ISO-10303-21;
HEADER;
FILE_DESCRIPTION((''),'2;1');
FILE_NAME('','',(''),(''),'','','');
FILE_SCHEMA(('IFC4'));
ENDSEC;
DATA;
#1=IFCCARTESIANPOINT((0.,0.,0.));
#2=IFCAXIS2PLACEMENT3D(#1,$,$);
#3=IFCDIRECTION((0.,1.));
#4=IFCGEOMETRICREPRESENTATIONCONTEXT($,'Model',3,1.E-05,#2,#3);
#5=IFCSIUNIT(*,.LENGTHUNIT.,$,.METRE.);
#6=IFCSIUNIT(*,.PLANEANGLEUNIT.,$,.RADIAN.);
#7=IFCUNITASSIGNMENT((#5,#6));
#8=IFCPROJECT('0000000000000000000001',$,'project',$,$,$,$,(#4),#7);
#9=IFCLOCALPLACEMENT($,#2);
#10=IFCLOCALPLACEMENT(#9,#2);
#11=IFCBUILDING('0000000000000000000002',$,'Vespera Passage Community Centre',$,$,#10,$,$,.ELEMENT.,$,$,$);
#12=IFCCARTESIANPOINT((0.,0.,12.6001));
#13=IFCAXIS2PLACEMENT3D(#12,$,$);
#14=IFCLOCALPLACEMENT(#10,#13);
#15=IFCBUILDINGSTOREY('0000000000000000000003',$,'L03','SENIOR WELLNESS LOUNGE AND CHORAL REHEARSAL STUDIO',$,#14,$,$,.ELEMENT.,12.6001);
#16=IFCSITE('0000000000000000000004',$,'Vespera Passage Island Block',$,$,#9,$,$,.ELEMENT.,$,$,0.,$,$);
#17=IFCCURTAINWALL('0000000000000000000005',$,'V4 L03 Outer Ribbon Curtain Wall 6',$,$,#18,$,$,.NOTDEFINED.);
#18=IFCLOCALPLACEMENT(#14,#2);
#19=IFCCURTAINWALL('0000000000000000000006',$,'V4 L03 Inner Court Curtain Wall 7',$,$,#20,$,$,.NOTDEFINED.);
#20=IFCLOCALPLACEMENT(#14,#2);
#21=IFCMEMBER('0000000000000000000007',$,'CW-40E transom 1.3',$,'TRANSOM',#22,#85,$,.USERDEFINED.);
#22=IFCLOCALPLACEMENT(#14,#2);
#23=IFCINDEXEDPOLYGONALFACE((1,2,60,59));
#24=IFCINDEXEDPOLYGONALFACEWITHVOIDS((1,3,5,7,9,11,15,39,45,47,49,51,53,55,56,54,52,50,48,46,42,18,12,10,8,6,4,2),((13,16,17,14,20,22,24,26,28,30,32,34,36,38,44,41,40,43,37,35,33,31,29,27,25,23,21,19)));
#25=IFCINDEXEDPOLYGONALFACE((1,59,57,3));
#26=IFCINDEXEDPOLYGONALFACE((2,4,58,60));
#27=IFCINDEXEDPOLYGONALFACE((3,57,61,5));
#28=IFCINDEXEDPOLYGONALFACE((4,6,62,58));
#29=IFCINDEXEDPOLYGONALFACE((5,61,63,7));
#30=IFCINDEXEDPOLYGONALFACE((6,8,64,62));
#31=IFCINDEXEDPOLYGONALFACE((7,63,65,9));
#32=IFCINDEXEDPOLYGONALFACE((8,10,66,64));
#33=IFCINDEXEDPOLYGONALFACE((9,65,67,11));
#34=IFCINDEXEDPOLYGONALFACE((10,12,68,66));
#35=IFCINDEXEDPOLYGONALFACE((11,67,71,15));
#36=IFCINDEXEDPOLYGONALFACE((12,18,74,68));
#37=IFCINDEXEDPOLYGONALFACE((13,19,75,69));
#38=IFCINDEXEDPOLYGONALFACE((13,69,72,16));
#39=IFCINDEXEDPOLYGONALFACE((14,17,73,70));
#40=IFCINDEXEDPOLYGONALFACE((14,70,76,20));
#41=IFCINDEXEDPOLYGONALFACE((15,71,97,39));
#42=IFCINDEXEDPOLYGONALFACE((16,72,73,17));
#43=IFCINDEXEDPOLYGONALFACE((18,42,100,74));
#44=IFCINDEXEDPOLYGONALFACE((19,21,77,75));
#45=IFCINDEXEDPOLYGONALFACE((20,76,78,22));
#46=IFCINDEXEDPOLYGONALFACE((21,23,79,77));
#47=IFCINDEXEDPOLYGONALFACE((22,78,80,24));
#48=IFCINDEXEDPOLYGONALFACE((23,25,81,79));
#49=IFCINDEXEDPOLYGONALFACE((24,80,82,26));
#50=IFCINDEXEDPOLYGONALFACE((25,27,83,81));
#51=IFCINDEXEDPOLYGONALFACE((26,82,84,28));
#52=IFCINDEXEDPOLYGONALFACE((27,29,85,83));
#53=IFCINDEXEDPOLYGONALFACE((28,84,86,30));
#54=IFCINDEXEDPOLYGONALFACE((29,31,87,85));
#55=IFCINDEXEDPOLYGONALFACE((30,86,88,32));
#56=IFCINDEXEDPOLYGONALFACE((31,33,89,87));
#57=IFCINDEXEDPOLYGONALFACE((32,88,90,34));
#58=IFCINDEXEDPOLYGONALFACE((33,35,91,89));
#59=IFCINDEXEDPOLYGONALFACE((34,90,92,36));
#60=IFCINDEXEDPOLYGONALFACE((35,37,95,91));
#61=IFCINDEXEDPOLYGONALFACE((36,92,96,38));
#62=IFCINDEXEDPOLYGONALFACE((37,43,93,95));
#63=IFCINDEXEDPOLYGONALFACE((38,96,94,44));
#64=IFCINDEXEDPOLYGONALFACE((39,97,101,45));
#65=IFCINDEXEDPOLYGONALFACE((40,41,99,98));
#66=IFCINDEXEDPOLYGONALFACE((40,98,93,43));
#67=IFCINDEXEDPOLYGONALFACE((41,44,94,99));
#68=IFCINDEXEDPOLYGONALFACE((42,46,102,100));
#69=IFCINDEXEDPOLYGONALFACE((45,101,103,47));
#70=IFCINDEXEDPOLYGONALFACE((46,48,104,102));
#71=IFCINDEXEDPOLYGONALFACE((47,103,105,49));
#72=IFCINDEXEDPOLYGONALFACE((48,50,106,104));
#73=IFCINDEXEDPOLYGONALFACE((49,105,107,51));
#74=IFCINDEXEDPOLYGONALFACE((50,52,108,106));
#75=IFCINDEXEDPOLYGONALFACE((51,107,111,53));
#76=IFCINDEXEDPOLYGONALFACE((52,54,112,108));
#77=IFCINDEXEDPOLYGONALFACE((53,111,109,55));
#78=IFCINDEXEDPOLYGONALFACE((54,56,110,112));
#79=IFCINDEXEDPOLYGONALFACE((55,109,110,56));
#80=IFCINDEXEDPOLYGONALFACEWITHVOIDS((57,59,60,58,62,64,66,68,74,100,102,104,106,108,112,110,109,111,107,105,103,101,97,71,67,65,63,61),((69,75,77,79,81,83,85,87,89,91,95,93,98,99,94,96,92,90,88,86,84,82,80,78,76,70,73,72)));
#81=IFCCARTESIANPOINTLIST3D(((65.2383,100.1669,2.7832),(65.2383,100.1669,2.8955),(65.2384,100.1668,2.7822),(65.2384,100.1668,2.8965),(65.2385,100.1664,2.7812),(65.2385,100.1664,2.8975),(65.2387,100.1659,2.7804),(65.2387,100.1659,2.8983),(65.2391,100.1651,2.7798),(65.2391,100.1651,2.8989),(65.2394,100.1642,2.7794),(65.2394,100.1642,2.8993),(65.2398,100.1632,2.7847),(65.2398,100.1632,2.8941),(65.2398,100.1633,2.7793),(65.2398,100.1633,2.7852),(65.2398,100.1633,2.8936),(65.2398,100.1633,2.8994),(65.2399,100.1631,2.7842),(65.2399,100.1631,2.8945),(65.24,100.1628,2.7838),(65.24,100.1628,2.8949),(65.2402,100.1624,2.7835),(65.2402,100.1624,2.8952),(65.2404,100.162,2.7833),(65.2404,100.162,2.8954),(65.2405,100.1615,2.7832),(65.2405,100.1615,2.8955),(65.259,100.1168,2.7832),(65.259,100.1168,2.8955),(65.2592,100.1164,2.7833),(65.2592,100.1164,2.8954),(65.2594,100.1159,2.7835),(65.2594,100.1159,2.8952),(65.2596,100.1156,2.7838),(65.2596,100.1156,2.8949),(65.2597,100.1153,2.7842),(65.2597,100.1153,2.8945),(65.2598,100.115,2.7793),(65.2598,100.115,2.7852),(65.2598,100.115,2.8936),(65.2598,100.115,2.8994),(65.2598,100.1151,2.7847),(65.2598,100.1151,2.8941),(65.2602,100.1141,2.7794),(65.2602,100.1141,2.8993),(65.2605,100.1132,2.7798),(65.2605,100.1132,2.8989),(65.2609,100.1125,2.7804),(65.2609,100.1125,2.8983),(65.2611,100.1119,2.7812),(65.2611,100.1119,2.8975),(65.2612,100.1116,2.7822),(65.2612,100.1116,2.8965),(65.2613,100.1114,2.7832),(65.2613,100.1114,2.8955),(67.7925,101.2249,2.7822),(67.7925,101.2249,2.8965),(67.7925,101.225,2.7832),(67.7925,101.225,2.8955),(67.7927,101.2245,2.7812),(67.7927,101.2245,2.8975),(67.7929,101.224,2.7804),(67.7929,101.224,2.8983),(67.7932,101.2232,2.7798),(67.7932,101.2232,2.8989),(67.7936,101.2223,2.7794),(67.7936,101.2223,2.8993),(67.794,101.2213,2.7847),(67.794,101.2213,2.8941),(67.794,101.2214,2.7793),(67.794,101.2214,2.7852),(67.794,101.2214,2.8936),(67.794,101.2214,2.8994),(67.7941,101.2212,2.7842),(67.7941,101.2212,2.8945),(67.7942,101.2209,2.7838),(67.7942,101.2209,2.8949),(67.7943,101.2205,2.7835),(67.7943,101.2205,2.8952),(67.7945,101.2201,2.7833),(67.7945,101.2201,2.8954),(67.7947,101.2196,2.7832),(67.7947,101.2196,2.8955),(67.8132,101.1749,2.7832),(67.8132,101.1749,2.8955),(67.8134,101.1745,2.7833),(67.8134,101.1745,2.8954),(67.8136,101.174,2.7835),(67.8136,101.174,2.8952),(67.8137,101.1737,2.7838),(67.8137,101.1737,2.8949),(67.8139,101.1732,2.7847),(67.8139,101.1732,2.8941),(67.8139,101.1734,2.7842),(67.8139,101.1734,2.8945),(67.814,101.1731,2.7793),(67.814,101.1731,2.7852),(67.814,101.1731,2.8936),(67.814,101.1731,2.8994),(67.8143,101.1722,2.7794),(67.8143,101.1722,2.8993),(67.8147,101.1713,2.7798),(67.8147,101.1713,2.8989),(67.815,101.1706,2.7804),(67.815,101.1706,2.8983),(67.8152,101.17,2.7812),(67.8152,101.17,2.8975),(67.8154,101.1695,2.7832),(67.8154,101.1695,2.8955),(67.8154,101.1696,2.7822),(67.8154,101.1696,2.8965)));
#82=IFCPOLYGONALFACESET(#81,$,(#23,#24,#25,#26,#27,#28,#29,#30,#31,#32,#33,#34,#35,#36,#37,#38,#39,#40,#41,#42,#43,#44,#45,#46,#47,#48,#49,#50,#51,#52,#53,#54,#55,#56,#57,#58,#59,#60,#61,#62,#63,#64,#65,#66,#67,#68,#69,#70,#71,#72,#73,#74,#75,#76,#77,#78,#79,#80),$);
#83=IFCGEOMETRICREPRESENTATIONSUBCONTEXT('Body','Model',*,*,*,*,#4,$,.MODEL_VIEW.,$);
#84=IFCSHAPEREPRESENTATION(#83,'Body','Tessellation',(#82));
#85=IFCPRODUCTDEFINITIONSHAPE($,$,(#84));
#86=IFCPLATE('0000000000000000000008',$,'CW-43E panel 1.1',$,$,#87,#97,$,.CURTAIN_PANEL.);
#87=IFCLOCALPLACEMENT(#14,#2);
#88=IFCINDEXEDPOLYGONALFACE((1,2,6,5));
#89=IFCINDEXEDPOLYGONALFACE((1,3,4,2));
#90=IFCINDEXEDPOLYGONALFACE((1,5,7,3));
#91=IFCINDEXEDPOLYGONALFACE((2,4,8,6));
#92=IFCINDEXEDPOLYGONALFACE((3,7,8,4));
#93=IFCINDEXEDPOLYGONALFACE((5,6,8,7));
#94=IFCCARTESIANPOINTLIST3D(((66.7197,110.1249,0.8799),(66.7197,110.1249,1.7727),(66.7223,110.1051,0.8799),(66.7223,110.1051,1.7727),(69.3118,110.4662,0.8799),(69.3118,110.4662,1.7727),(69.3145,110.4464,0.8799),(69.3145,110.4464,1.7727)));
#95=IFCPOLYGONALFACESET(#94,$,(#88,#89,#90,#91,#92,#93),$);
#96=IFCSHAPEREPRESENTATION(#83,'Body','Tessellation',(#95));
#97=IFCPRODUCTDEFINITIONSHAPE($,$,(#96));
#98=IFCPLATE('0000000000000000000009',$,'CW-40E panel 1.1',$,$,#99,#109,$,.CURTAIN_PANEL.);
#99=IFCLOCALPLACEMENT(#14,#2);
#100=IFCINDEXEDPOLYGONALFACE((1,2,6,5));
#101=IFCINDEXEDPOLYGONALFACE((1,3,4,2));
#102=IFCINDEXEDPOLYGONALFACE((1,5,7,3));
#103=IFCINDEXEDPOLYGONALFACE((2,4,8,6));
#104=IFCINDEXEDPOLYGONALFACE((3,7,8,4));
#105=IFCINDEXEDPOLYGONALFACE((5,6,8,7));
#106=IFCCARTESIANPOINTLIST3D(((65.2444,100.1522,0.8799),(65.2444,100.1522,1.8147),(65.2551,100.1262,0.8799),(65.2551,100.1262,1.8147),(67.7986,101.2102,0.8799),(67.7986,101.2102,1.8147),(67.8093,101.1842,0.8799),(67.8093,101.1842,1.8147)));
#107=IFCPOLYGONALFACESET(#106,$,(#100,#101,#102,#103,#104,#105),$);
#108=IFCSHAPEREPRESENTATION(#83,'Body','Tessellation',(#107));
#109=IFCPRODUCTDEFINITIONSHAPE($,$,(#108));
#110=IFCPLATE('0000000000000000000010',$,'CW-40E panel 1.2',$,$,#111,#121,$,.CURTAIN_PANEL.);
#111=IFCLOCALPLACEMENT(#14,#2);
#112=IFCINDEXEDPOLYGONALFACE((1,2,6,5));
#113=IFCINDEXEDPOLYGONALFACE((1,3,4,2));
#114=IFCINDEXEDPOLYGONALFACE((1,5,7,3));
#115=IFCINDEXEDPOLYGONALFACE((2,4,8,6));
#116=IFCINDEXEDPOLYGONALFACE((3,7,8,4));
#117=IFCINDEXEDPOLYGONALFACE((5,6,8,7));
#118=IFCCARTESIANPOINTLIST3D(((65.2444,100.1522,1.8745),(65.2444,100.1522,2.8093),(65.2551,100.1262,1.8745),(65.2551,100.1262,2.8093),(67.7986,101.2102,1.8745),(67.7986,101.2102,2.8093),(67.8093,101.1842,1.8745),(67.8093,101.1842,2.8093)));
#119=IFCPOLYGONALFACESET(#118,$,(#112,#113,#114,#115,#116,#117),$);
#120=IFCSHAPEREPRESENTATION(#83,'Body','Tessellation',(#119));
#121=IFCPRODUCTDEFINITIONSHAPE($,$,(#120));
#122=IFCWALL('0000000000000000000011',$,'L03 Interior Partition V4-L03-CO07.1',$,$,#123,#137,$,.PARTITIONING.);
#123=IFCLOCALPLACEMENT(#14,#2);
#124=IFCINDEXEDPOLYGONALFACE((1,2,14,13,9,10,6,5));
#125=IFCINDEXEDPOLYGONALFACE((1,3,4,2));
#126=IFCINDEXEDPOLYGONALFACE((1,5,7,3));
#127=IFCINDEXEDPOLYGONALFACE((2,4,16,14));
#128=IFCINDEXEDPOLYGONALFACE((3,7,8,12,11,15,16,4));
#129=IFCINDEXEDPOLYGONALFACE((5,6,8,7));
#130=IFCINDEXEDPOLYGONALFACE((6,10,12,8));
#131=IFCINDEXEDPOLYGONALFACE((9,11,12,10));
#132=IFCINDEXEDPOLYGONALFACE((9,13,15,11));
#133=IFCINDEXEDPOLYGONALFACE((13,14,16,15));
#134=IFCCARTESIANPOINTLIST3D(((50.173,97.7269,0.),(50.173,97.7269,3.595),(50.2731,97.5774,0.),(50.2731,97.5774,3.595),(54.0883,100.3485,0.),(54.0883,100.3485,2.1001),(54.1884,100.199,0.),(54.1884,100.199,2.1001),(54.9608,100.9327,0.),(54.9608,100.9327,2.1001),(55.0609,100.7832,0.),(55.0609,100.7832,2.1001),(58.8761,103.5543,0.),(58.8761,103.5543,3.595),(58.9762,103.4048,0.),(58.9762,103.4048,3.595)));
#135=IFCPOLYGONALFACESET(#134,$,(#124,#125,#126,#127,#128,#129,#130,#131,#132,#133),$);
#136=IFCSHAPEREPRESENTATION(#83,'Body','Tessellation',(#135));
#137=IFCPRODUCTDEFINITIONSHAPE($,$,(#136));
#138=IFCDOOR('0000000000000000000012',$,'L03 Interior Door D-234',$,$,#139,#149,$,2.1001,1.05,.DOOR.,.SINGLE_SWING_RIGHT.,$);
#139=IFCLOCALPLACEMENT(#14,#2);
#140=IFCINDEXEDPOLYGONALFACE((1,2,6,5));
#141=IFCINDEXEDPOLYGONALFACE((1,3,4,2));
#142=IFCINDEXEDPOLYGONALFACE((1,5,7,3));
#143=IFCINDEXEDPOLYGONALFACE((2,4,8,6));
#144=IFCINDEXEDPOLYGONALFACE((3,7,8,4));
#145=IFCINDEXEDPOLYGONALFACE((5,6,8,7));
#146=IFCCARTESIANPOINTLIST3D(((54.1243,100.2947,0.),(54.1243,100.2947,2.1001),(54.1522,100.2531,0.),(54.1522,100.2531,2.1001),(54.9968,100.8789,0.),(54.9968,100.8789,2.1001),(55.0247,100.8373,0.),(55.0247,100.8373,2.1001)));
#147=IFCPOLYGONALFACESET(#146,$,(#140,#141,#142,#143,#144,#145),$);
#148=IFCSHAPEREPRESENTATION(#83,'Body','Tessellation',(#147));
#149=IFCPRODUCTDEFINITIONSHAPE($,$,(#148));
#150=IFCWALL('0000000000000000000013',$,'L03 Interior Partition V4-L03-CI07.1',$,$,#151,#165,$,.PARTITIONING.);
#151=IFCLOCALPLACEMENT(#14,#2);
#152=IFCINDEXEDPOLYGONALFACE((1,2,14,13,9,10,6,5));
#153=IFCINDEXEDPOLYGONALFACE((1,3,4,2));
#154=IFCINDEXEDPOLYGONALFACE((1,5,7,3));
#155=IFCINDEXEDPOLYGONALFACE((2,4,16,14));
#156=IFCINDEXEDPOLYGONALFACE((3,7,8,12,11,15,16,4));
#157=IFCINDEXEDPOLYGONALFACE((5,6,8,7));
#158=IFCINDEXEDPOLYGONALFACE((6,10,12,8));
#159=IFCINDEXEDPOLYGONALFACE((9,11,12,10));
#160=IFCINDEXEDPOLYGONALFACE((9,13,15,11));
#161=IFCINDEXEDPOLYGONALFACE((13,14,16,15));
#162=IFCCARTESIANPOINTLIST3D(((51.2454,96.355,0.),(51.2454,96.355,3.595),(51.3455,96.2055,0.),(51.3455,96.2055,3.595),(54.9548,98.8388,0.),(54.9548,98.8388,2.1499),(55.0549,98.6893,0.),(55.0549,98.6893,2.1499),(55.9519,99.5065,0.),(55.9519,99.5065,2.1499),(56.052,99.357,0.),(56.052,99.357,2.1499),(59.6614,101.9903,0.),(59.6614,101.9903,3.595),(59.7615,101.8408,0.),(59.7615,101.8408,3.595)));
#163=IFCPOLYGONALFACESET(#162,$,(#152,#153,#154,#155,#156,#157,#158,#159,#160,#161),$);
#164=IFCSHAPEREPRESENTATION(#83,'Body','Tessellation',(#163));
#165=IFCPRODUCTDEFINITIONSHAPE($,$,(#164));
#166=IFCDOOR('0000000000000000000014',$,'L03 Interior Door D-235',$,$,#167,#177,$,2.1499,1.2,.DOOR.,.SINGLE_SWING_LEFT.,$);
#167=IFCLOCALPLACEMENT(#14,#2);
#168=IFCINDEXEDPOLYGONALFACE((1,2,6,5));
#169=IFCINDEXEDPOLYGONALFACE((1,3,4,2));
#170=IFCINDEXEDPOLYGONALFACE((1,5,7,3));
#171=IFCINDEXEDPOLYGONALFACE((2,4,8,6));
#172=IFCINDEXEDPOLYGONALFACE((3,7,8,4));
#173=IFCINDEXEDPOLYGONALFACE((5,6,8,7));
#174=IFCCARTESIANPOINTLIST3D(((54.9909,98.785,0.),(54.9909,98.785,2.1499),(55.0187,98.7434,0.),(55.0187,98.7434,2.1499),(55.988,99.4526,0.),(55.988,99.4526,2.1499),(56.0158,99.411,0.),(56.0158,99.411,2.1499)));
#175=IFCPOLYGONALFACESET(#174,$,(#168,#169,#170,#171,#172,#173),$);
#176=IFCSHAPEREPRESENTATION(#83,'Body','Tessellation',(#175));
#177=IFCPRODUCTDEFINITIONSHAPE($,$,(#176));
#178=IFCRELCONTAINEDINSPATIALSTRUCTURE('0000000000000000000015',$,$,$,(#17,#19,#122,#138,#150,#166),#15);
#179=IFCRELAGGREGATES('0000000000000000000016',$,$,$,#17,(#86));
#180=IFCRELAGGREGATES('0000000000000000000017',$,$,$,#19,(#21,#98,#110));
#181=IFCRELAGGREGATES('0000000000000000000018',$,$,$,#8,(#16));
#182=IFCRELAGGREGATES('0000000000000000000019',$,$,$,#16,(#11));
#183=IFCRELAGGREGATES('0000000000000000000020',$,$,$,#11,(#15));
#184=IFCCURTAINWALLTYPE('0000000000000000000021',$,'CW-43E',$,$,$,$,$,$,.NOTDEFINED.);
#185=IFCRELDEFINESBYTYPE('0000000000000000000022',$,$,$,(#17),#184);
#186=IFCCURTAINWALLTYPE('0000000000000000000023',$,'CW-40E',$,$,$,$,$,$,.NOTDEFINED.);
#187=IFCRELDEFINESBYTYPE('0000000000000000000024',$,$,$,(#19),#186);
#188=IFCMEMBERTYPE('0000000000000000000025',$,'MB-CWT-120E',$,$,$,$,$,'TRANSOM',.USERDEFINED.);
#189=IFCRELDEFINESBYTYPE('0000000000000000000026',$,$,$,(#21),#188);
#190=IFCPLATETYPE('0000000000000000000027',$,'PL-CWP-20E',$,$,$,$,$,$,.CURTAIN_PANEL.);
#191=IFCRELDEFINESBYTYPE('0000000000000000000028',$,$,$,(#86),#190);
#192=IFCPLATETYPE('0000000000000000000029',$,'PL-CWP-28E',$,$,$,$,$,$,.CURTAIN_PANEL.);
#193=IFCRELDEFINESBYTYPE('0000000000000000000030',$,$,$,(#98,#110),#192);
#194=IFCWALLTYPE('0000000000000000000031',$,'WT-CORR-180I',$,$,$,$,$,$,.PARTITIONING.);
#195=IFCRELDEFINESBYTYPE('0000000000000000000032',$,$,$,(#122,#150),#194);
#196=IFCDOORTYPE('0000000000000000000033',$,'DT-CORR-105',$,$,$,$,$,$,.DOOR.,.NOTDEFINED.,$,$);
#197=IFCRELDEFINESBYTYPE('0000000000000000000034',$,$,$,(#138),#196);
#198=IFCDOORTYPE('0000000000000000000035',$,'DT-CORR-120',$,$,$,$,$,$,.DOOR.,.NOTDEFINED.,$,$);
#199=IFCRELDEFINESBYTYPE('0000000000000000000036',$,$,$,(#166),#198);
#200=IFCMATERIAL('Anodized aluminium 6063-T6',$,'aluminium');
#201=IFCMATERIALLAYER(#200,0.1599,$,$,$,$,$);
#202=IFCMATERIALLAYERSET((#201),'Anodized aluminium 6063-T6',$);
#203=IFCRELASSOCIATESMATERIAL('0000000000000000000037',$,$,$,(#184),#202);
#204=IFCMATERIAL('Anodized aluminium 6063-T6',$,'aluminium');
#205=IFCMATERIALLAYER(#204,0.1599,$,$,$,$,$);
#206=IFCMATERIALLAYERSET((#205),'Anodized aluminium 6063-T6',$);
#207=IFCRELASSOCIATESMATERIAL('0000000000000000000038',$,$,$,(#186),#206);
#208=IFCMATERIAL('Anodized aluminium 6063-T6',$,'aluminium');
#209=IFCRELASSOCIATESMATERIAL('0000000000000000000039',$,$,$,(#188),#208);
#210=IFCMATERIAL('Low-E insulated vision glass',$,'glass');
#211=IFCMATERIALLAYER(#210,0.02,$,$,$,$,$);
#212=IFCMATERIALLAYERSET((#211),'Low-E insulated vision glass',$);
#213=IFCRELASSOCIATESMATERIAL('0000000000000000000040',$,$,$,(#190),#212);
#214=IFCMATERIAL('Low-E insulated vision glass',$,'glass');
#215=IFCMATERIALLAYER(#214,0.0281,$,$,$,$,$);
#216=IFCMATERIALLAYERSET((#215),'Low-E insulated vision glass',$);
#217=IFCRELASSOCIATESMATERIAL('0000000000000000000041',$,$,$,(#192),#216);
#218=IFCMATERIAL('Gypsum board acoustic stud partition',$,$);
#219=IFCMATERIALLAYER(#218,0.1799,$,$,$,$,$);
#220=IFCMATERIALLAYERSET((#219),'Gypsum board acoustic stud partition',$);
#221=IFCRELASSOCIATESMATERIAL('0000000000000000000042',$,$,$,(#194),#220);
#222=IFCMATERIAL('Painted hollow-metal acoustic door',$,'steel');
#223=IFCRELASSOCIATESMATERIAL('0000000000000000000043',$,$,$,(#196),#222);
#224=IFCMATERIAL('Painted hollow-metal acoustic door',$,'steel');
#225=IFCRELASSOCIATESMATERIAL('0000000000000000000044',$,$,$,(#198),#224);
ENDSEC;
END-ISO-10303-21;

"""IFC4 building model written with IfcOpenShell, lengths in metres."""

from ifc_helpers import new_model, si_unit, direction, frame, frame_2d, origin, origin_2d, place, context, subcontext, project, spatial, rectangle, hollow_rectangle, extrude, material, layer, layer_set, material_profile, profile_set, type_object, element, fill, aggregate, save


model = new_model("IFC4")

# Units and contexts
model_context = context("Model", 3, precision=1e-05, world=origin(), true_north=direction((0.0, 1.0)))
body_context = subcontext(model_context, "Body", "Model", "MODEL_VIEW")
ifc_project = project(units=[si_unit("LENGTHUNIT", "METRE"), si_unit("PLANEANGLEUNIT", "RADIAN")], contexts=[model_context])

# Site, building, storey
site_placement = place(None, origin())
site = spatial("IfcSite", under=ifc_project, at=site_placement, Name="Vespera Passage Island Block", CompositionType="ELEMENT", RefElevation=0.0)
building_placement = place(site_placement, origin())
building = spatial("IfcBuilding", under=site, at=building_placement, Name="Vespera Passage Community Centre", CompositionType="ELEMENT")
storey_placement = place(building_placement, frame((0.0, 0.0, 12.6001)))
storey = spatial("IfcBuildingStorey", under=building, at=storey_placement, Name="L03", Description="SENIOR WELLNESS LOUNGE AND CHORAL REHEARSAL STUDIO", CompositionType="ELEMENT", Elevation=12.6001)

# Curtain walls
ifc_material_1 = material(Name="Anodized aluminium 6063-T6", Category="aluminium")
ifc_layer_1 = layer(ifc_material_1, 0.1599)
ifc_layer_set_1 = layer_set([ifc_layer_1], Name="Anodized aluminium 6063-T6")
curtain_wall_type_1 = type_object("IfcCurtainWallType", Name="CW-43E", PredefinedType="NOTDEFINED", material=ifc_layer_set_1)
curtain_wall_1_placement = place(storey_placement, origin())
curtain_wall_1 = element("IfcCurtainWall", 1, at=curtain_wall_1_placement, inside=storey, type_object=curtain_wall_type_1, Name="V4 L03 Outer Ribbon Curtain Wall 6", PredefinedType="NOTDEFINED")
ifc_material_2 = material(Name="Anodized aluminium 6063-T6", Category="aluminium")
ifc_layer_2 = layer(ifc_material_2, 0.1599)
ifc_layer_set_2 = layer_set([ifc_layer_2], Name="Anodized aluminium 6063-T6")
curtain_wall_type_2 = type_object("IfcCurtainWallType", Name="CW-40E", PredefinedType="NOTDEFINED", material=ifc_layer_set_2)
curtain_wall_2_placement = place(storey_placement, origin())
curtain_wall_2 = element("IfcCurtainWall", 2, at=curtain_wall_2_placement, inside=storey, type_object=curtain_wall_type_2, Name="V4 L03 Inner Court Curtain Wall 7", PredefinedType="NOTDEFINED")

# Member
ifc_material_3 = material(Name="Anodized aluminium 6063-T6", Category="aluminium")
ifc_material_profile_1 = material_profile(ifc_material_3, hollow_rectangle(XDim=0.0601, YDim=0.1201, WallThickness=0.0039, InnerFilletRadius=0.002, OuterFilletRadius=0.0039, at=origin_2d()), Name="ALU120X60X4")
ifc_profile_set_1 = profile_set([ifc_material_profile_1], Name="Anodized aluminium 6063-T6")
member_type_1 = type_object("IfcMemberType", Name="MB-CWT-120E", ElementType="TRANSOM", PredefinedType="USERDEFINED", material=ifc_profile_set_1)
member_1_placement = place(storey_placement, frame((67.804, 101.1973, 2.8394), z_axis=(-0.923864, -0.382721, 0.0), x_axis=(0.382721, -0.923864, 0.0)))
member_1 = element("IfcMember", 3, at=member_1_placement, type_object=member_type_1, Name="CW-40E transom 1.3", ObjectType="TRANSOM", PredefinedType="USERDEFINED", context=body_context, shape_type="SweptSolid", body=[
    extrude(hollow_rectangle(XDim=0.0601, YDim=0.1201, WallThickness=0.0039, InnerFilletRadius=0.002, OuterFilletRadius=0.0039, at=origin_2d()), origin(), (0.0, 0.0, 1.0), 2.7646),
])

# Plates
ifc_material_4 = material(Name="Low-E insulated vision glass", Category="glass")
ifc_layer_3 = layer(ifc_material_4, 0.02)
ifc_layer_set_3 = layer_set([ifc_layer_3], Name="Low-E insulated vision glass")
plate_type_1 = type_object("IfcPlateType", Name="PL-CWP-20E", PredefinedType="CURTAIN_PANEL", material=ifc_layer_set_3)
plate_1_placement = place(storey_placement, frame((68.0171, 110.2856, 0.8799), z_axis=(0.0, 0.0, 1.0), x_axis=(0.991444, 0.130531, 0.0)))
plate_1 = element("IfcPlate", 4, at=plate_1_placement, type_object=plate_type_1, Name="CW-43E panel 1.1", PredefinedType="CURTAIN_PANEL", context=body_context, shape_type="SweptSolid", body=[
    extrude(rectangle(XDim=2.6145, YDim=0.02, at=origin_2d()), origin(), (0.0, 0.0, 1.0), 0.8928),
])
aggregate(curtain_wall_1, [plate_1])
ifc_material_5 = material(Name="Low-E insulated vision glass", Category="glass")
ifc_layer_4 = layer(ifc_material_5, 0.0281)
ifc_layer_set_4 = layer_set([ifc_layer_4], Name="Low-E insulated vision glass")
plate_type_2 = type_object("IfcPlateType", Name="PL-CWP-28E", PredefinedType="CURTAIN_PANEL", material=ifc_layer_set_4)
plate_2_placement = place(storey_placement, frame((66.5269, 100.6682, 0.8799), z_axis=(0.0, 0.0, 1.0), x_axis=(-0.923877, -0.38269, 0.0)))
plate_2 = element("IfcPlate", 5, at=plate_2_placement, type_object=plate_type_2, Name="CW-40E panel 1.1", PredefinedType="CURTAIN_PANEL", context=body_context, shape_type="SweptSolid", body=[
    extrude(rectangle(XDim=2.7646, YDim=0.0281, at=origin_2d()), origin(), (0.0, 0.0, 1.0), 0.9348),
])
plate_3_placement = place(storey_placement, frame((66.5269, 100.6682, 1.8745), z_axis=(0.0, 0.0, 1.0), x_axis=(-0.923877, -0.38269, 0.0)))
plate_3 = element("IfcPlate", 6, at=plate_3_placement, type_object=plate_type_2, Name="CW-40E panel 1.2", PredefinedType="CURTAIN_PANEL", context=body_context, shape_type="SweptSolid", body=[
    extrude(rectangle(XDim=2.7646, YDim=0.0281, at=origin_2d()), origin(), (0.0, 0.0, 1.0), 0.9348),
])
aggregate(curtain_wall_2, [member_1, plate_2, plate_3])

# Walls, openings, doors
ifc_material_6 = material(Name="Gypsum board acoustic stud partition")
ifc_layer_5 = layer(ifc_material_6, 0.1799)
ifc_layer_set_5 = layer_set([ifc_layer_5], Name="Gypsum board acoustic stud partition")
wall_type_1 = type_object("IfcWallType", Name="WT-CORR-180I", PredefinedType="PARTITIONING", material=ifc_layer_set_5)
wall_1_placement = place(storey_placement, frame((58.926, 103.4795, 0.0), z_axis=(0.0, 0.0, 1.0), x_axis=(-0.830933, -0.556372, 0.0)))
wall_1 = element("IfcWall", 7, at=wall_1_placement, inside=storey, type_object=wall_type_1, Name="L03 Interior Partition V4-L03-CO07.1", PredefinedType="PARTITIONING", context=body_context, shape_type="SweptSolid", body=[
    extrude(rectangle(XDim=10.4739, YDim=0.1799, at=frame_2d((5.2368, 0.0))), origin(), (0.0, 0.0, 1.0), 3.595),
])
opening_1_placement = place(wall_1_placement, frame((4.7119, 0.0, 0.0)))
opening_1 = element("IfcOpeningElement", 8, at=opening_1_placement, cuts=wall_1, PredefinedType="OPENING", context=body_context, shape_type="SweptSolid", body=[
    extrude(rectangle(XDim=1.05, YDim=2.1001, at=frame_2d((0.5249, 1.05))), frame((0.0, 0.0999, 0.0), z_axis=(0.0, -1.0, 0.0), x_axis=(1.0, 0.0, 0.0)), (0.0, 0.0, 1.0), 0.2),
])
ifc_material_7 = material(Name="Painted hollow-metal acoustic door", Category="steel")
door_type_1 = type_object("IfcDoorType", Name="DT-CORR-105", OperationType="NOTDEFINED", PredefinedType="DOOR", material=ifc_material_7)
door_1_placement = place(opening_1_placement, origin())
door_1 = element("IfcDoor", 9, at=door_1_placement, inside=storey, type_object=door_type_1, Name="L03 Interior Door D-234", OperationType="SINGLE_SWING_RIGHT", OverallHeight=2.1001, OverallWidth=1.05, PredefinedType="DOOR", context=body_context, shape_type="SweptSolid", body=[
    extrude(rectangle(XDim=1.05, YDim=2.1001, at=frame_2d((0.5249, 1.05))), frame((0.0, 0.0249, 0.0), z_axis=(0.0, -1.0, 0.0), x_axis=(1.0, 0.0, 0.0)), (0.0, 0.0, 1.0), 0.05),
])
fill(opening_1, door_1)
wall_2_placement = place(storey_placement, frame((59.7114, 101.9155, 0.0), z_axis=(0.0, 0.0, 1.0), x_axis=(-0.830929, -0.556379, 0.0)))
wall_2 = element("IfcWall", 10, at=wall_2_placement, inside=storey, type_object=wall_type_1, Name="L03 Interior Partition V4-L03-CI07.1", PredefinedType="PARTITIONING", context=body_context, shape_type="SweptSolid", body=[
    extrude(rectangle(XDim=10.1284, YDim=0.1799, at=frame_2d((5.0642, 0.0))), origin(), (0.0, 0.0, 1.0), 3.595),
])
opening_2_placement = place(wall_2_placement, frame((4.4641, 0.0, 0.0)))
opening_2 = element("IfcOpeningElement", 11, at=opening_2_placement, cuts=wall_2, PredefinedType="OPENING", context=body_context, shape_type="SweptSolid", body=[
    extrude(rectangle(XDim=1.2, YDim=2.1499, at=frame_2d((0.6001, 1.075))), frame((0.0, 0.0999, 0.0), z_axis=(0.0, -1.0, 0.0), x_axis=(1.0, 0.0, 0.0)), (0.0, 0.0, 1.0), 0.2),
])
ifc_material_8 = material(Name="Painted hollow-metal acoustic door", Category="steel")
door_type_2 = type_object("IfcDoorType", Name="DT-CORR-120", OperationType="NOTDEFINED", PredefinedType="DOOR", material=ifc_material_8)
door_2_placement = place(opening_2_placement, origin())
door_2 = element("IfcDoor", 12, at=door_2_placement, inside=storey, type_object=door_type_2, Name="L03 Interior Door D-235", OperationType="SINGLE_SWING_LEFT", OverallHeight=2.1499, OverallWidth=1.2, PredefinedType="DOOR", context=body_context, shape_type="SweptSolid", body=[
    extrude(rectangle(XDim=1.2, YDim=2.1499, at=frame_2d((0.6001, 1.075))), frame((0.0, 0.0249, 0.0), z_axis=(0.0, -1.0, 0.0), x_axis=(1.0, 0.0, 0.0)), (0.0, 0.0, 1.0), 0.05),
])
fill(opening_2, door_2)

save(model, "model.ifc")
